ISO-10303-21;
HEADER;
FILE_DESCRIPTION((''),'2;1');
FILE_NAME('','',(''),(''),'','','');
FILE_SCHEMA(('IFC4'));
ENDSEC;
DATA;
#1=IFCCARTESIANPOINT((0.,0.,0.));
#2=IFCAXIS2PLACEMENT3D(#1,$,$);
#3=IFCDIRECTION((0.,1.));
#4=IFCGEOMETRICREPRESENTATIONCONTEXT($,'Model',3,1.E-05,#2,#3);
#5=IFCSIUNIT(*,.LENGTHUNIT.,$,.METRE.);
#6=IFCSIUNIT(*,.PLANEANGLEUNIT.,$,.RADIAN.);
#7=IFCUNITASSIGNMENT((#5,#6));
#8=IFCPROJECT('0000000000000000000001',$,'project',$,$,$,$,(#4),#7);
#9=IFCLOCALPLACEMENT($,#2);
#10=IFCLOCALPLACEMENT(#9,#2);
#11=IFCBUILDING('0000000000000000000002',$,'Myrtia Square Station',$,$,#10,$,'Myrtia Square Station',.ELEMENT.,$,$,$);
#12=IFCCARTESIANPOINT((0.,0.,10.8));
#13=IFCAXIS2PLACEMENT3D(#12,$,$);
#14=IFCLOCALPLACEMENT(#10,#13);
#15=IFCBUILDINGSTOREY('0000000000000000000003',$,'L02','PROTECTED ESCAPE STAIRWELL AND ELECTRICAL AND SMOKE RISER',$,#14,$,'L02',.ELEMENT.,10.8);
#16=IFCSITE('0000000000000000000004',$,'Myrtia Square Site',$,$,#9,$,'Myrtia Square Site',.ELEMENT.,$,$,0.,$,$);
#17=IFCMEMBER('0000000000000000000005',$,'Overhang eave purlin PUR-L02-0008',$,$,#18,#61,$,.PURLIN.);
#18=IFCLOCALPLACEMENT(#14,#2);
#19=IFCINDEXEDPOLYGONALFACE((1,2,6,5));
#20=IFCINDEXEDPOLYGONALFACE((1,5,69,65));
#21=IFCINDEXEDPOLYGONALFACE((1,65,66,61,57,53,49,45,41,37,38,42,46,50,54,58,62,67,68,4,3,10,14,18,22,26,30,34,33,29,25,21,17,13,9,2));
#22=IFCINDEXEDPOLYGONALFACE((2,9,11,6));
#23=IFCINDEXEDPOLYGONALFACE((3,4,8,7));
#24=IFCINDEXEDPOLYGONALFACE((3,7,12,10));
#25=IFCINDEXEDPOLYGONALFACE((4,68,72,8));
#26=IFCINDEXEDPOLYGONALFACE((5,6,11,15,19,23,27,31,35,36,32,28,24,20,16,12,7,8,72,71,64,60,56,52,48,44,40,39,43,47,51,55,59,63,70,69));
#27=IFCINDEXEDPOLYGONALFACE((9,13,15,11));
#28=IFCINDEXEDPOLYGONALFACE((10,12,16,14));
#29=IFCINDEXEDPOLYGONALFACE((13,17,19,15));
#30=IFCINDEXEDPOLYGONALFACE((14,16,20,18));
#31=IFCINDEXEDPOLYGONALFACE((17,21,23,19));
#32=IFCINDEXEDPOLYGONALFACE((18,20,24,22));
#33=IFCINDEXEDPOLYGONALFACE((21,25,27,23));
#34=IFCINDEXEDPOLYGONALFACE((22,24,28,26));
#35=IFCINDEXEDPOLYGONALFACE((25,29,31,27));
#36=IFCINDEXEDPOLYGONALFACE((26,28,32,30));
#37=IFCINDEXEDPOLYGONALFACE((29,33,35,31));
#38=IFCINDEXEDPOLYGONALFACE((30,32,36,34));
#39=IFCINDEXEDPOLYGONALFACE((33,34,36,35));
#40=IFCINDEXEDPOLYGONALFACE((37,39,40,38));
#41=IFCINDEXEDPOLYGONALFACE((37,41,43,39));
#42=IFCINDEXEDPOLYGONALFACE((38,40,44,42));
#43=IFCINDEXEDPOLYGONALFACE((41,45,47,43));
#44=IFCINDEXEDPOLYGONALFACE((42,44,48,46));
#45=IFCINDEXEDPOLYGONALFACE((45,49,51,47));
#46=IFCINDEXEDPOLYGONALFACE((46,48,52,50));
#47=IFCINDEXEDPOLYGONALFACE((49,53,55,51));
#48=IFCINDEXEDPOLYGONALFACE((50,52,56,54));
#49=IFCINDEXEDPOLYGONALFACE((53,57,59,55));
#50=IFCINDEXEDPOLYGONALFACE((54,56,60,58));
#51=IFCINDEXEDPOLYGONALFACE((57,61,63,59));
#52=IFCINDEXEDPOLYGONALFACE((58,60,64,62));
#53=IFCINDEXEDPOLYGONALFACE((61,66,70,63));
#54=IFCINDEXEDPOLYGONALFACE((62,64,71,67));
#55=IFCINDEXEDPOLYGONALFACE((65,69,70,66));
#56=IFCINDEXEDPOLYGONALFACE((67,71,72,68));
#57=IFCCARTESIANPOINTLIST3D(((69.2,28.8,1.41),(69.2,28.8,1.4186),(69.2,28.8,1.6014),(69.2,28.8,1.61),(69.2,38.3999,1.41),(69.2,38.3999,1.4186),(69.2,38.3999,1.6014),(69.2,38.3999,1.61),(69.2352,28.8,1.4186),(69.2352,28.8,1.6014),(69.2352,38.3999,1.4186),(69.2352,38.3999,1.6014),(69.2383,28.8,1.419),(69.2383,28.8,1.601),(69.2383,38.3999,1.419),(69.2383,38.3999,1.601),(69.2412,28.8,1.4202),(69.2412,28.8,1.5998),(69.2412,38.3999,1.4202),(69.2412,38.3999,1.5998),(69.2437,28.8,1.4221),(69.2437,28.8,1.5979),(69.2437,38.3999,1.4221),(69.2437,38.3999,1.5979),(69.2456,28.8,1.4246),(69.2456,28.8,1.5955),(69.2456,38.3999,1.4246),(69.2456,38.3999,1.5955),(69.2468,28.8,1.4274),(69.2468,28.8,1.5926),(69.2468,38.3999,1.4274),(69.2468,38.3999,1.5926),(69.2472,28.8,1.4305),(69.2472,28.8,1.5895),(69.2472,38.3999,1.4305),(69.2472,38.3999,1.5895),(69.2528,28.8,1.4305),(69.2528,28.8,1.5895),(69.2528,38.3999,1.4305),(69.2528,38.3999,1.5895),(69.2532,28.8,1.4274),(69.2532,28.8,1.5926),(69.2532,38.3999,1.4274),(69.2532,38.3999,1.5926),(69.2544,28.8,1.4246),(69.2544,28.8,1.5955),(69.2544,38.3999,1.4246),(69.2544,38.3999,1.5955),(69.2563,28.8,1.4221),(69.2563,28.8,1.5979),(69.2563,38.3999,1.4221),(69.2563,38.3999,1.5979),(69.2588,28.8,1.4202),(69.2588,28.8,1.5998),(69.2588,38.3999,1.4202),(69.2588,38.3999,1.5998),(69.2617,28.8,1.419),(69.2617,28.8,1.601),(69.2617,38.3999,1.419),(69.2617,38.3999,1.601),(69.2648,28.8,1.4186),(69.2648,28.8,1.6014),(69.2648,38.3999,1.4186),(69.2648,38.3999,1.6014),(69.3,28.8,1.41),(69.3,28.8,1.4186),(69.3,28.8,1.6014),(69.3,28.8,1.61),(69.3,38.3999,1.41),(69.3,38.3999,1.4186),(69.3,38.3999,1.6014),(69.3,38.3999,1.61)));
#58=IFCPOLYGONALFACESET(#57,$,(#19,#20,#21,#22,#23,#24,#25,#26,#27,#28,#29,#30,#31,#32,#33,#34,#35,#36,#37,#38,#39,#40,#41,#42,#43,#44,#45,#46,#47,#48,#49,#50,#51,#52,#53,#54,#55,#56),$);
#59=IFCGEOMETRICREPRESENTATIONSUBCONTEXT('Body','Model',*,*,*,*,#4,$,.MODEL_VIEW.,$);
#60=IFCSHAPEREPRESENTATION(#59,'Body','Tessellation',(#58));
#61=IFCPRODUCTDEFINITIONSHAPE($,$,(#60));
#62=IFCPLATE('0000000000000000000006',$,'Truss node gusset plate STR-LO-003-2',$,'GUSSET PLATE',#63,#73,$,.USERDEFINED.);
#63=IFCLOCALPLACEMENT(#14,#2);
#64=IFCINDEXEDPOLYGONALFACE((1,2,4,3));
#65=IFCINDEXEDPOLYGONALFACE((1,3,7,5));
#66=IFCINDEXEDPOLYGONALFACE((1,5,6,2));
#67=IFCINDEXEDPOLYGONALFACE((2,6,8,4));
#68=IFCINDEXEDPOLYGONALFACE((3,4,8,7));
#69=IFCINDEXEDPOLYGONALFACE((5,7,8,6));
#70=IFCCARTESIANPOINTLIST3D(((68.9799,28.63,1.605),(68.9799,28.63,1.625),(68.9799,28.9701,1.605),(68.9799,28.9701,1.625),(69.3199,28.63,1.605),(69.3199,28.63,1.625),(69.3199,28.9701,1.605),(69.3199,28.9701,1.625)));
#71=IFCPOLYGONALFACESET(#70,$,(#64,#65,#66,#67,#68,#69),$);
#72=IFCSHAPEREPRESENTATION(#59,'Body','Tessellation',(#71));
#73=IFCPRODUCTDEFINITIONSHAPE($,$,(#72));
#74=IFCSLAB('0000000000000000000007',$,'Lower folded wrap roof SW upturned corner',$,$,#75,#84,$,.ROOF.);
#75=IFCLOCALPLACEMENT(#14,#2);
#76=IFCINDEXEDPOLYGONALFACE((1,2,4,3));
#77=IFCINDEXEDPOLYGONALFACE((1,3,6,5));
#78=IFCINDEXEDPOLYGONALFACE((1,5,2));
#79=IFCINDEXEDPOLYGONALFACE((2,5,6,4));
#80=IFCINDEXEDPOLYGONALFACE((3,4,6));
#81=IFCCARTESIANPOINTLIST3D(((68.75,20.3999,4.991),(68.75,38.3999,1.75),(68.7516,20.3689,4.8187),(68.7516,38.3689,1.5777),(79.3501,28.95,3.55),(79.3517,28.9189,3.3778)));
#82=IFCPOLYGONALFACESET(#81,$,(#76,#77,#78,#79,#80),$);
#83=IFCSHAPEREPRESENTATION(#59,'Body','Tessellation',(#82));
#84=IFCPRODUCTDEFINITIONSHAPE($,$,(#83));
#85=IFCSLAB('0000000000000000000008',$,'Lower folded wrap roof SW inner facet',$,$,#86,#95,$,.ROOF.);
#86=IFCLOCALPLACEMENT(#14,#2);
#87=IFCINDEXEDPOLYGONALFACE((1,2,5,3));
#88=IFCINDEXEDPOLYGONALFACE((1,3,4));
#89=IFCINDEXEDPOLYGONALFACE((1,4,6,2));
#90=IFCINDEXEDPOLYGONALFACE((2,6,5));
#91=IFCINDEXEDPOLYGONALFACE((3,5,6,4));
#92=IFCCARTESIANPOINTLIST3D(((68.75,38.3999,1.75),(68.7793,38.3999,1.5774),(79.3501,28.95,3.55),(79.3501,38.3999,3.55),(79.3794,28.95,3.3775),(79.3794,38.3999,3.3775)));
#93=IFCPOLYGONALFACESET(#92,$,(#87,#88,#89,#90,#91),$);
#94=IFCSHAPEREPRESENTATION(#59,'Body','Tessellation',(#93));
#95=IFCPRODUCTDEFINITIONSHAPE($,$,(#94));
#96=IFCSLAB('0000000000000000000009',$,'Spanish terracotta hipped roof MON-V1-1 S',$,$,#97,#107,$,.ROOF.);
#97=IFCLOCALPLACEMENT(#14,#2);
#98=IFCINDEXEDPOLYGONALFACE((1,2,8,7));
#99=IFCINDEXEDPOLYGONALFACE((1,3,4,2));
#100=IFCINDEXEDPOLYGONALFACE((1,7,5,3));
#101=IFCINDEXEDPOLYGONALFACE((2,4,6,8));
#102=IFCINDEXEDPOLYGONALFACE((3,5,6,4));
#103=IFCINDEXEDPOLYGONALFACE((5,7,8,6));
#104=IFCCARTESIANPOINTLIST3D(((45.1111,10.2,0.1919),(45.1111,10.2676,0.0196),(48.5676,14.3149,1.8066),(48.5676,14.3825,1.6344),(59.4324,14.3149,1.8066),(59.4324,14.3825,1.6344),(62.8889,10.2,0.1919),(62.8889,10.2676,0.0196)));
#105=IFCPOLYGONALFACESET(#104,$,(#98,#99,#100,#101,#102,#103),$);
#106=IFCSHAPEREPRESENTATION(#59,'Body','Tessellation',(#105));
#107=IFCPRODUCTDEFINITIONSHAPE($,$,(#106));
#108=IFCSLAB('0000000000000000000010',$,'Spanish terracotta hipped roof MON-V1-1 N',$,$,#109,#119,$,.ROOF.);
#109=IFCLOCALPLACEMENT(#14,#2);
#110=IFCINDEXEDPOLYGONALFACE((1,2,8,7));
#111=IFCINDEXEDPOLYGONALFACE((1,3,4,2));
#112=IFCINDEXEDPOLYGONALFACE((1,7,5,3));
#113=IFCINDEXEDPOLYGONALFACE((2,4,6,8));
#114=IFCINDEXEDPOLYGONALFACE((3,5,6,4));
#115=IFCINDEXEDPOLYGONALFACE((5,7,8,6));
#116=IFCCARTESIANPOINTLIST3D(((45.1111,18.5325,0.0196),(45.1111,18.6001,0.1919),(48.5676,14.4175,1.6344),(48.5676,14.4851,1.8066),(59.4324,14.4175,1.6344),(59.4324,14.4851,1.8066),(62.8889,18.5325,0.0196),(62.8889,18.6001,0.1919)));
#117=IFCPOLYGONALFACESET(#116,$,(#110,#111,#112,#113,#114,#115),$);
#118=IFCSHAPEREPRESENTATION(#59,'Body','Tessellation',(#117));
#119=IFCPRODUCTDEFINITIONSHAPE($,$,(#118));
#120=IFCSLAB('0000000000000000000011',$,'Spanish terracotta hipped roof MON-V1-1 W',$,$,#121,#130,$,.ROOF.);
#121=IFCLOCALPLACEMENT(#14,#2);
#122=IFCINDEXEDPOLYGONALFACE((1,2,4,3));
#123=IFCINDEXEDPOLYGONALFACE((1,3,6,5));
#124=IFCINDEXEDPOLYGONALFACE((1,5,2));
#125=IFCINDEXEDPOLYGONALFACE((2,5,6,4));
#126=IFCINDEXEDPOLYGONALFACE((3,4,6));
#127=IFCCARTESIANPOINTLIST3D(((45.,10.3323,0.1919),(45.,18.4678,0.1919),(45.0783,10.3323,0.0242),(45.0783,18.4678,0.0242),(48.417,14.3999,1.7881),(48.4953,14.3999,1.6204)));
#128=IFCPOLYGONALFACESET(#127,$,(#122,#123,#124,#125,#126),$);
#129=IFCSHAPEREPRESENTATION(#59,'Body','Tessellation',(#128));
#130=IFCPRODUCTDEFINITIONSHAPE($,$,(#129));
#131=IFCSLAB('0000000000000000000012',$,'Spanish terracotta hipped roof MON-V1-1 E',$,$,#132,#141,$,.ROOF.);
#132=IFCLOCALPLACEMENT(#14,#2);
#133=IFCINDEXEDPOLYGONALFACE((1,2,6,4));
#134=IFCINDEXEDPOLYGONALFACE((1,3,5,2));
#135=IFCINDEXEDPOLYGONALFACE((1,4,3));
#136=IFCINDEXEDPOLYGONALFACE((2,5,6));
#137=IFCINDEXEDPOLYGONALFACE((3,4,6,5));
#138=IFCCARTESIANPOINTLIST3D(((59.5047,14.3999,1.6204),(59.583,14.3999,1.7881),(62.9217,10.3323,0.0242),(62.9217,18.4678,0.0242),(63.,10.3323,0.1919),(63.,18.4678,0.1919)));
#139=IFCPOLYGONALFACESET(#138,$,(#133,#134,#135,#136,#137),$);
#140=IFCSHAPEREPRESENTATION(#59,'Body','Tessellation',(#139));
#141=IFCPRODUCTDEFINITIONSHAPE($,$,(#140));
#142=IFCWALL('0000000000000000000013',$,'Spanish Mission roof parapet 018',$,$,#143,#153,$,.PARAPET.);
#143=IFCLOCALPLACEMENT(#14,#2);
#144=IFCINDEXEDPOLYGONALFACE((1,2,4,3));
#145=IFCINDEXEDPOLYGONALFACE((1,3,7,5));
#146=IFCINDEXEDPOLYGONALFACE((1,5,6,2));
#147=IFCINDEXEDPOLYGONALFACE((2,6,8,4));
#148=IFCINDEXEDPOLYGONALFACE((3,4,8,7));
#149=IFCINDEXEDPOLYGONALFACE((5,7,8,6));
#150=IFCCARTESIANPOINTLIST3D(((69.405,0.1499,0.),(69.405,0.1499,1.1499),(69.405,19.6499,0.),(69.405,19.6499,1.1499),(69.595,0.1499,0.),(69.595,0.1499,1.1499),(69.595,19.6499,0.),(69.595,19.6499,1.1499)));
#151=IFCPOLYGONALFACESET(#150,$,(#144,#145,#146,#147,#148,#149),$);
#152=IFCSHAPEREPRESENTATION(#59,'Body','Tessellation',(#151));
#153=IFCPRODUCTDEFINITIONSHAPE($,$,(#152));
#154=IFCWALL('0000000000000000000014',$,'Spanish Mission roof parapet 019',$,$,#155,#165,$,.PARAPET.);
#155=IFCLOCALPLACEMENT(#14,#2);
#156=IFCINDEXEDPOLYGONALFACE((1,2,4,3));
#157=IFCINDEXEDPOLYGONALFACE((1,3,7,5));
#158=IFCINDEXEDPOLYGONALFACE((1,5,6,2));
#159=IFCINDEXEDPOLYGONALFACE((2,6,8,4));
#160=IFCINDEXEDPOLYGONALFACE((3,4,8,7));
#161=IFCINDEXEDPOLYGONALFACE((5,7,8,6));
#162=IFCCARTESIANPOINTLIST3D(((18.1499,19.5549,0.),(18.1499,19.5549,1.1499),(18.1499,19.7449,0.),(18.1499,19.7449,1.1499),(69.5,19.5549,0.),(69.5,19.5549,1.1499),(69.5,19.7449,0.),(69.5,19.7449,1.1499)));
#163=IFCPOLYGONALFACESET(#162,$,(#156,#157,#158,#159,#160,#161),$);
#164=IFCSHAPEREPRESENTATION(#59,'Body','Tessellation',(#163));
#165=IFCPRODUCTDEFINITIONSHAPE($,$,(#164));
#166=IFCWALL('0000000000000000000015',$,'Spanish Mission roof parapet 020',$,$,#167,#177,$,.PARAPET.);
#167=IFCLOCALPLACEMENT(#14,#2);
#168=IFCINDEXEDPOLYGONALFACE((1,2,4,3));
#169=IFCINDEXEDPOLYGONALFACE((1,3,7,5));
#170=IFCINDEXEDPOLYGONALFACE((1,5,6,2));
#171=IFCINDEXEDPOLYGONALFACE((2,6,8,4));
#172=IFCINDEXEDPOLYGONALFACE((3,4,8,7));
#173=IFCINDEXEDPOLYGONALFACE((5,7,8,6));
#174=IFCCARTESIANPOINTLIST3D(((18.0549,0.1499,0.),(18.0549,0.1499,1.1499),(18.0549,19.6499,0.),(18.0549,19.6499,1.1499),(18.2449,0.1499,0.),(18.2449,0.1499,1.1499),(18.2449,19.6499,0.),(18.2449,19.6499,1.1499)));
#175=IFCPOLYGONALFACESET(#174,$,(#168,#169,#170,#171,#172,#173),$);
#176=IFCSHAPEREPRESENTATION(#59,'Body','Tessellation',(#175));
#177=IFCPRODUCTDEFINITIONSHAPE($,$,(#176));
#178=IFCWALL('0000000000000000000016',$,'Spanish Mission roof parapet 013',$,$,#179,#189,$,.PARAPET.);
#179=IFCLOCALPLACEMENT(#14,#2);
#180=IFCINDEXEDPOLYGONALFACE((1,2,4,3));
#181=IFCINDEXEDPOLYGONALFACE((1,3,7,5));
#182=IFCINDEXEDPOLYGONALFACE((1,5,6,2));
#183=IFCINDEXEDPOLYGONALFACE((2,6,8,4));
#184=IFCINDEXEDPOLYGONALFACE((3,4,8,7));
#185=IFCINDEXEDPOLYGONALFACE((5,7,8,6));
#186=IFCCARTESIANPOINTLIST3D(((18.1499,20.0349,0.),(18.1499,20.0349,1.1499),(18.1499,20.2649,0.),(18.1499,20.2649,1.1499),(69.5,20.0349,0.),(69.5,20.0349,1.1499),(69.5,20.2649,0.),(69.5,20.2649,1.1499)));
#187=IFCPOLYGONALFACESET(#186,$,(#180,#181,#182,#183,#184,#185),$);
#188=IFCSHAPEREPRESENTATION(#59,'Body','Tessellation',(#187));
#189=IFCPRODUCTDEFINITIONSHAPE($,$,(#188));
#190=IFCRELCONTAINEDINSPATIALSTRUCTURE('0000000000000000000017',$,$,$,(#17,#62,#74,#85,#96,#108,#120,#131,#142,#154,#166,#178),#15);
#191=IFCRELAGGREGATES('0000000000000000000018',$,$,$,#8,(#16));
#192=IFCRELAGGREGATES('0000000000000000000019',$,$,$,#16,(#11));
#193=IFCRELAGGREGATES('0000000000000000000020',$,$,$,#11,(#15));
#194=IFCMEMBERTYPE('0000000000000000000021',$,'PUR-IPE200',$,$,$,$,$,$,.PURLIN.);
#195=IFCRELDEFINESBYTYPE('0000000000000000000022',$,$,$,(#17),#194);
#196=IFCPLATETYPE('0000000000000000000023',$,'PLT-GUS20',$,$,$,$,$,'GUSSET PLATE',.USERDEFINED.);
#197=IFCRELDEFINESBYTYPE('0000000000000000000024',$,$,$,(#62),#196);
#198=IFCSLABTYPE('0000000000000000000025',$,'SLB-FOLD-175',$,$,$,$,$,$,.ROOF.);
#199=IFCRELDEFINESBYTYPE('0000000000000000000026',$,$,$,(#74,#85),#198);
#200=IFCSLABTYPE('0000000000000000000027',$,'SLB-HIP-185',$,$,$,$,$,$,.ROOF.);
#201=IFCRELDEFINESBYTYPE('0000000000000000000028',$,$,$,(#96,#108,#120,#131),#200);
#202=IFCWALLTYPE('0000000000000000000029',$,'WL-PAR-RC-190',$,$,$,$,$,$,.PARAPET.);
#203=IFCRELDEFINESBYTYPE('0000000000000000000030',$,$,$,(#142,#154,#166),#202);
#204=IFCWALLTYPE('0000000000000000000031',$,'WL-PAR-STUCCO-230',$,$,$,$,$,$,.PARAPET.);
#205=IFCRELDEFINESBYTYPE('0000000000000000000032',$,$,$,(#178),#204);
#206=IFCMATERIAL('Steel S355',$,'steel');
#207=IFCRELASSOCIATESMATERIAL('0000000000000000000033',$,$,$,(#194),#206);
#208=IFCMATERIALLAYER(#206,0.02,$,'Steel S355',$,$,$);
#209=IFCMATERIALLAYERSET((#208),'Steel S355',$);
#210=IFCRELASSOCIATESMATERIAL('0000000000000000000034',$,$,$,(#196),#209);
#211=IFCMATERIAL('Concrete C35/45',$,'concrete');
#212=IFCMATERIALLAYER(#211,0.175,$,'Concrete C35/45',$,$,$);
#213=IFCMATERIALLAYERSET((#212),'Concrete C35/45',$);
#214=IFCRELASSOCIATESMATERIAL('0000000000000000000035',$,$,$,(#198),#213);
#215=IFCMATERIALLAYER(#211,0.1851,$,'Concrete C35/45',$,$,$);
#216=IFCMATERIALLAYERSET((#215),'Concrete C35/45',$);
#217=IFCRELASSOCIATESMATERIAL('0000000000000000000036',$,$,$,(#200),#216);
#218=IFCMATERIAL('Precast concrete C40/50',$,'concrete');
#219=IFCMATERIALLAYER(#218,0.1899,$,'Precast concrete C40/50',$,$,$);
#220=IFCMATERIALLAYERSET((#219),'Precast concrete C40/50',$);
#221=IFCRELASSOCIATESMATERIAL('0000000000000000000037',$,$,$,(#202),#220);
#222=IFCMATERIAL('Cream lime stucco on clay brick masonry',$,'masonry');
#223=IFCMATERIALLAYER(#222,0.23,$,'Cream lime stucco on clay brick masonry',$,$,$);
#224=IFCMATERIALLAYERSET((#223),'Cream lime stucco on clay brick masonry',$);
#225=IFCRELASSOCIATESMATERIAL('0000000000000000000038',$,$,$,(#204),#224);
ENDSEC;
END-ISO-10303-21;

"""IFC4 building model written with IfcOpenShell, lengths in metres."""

from ifc_helpers import new_model, si_unit, direction, frame, frame_2d, origin, origin_2d, place, context, subcontext, project, spatial, polyline, rectangle, i_section, outline, extrude, material, layer, layer_set, material_profile, profile_set, type_object, element, save


model = new_model("IFC4")

# Units and contexts
model_context = context("Model", 3, precision=1e-05, world=origin(), true_north=direction((0.0, 1.0)))
body_context = subcontext(model_context, "Body", "Model", "MODEL_VIEW")
ifc_project = project(units=[si_unit("LENGTHUNIT", "METRE"), si_unit("PLANEANGLEUNIT", "RADIAN")], contexts=[model_context])

# Site, building, storey
site_placement = place(None, origin())
site = spatial("IfcSite", under=ifc_project, at=site_placement, Name="Myrtia Square Site", LongName="Myrtia Square Site", CompositionType="ELEMENT", RefElevation=0.0)
building_placement = place(site_placement, origin())
building = spatial("IfcBuilding", under=site, at=building_placement, Name="Myrtia Square Station", LongName="Myrtia Square Station", CompositionType="ELEMENT")
storey_placement = place(building_placement, frame((0.0, 0.0, 10.8)))
storey = spatial("IfcBuildingStorey", under=building, at=storey_placement, Name="L02", Description="PROTECTED ESCAPE STAIRWELL AND ELECTRICAL AND SMOKE RISER", LongName="L02", CompositionType="ELEMENT", Elevation=10.8)

# Member
ifc_material_1 = material(Name="Steel S355", Category="steel")
ifc_material_profile = material_profile(ifc_material_1, i_section(OverallWidth=0.1001, OverallDepth=0.2, WebThickness=0.0056, FlangeThickness=0.0085, FilletRadius=0.012, at=origin_2d()), Name="IPE 200")
ifc_profile_set = profile_set([ifc_material_profile], Name="Steel S355")
member_type = type_object("IfcMemberType", Name="PUR-IPE200", PredefinedType="PURLIN", material=ifc_profile_set)
member_placement = place(storey_placement, frame((69.25, 28.8, 1.51), z_axis=(0.0, 1.0, 0.0), x_axis=(-1.0, 0.0, 0.0)))
element("IfcMember", 1, at=member_placement, inside=storey, type_object=member_type, Name="Overhang eave purlin PUR-L02-0008", PredefinedType="PURLIN", context=body_context, shape_type="SweptSolid", body=[
    extrude(i_section(OverallWidth=0.1001, OverallDepth=0.2, WebThickness=0.0056, FlangeThickness=0.0085, FilletRadius=0.012, at=origin_2d()), origin(), (0.0, 0.0, 1.0), 9.5999),
])

# Plate
ifc_layer_1 = layer(ifc_material_1, 0.02, Name="Steel S355")
ifc_layer_set_1 = layer_set([ifc_layer_1], Name="Steel S355")
plate_type = type_object("IfcPlateType", Name="PLT-GUS20", ElementType="GUSSET PLATE", PredefinedType="USERDEFINED", material=ifc_layer_set_1)
plate_placement = place(storey_placement, frame((69.1499, 28.8, 1.605), z_axis=(0.0, 0.0, 1.0), x_axis=(-1.0, 0.0, 0.0)))
element("IfcPlate", 2, at=plate_placement, inside=storey, type_object=plate_type, Name="Truss node gusset plate STR-LO-003-2", ObjectType="GUSSET PLATE", PredefinedType="USERDEFINED", context=body_context, shape_type="SweptSolid", body=[
    extrude(rectangle(XDim=0.3401, YDim=0.3401, at=origin_2d()), origin(), (0.0, 0.0, 1.0), 0.02),
])

# Slabs
ifc_material_2 = material(Name="Concrete C35/45", Category="concrete")
ifc_layer_2 = layer(ifc_material_2, 0.175, Name="Concrete C35/45")
ifc_layer_set_2 = layer_set([ifc_layer_2], Name="Concrete C35/45")
slab_type_1 = type_object("IfcSlabType", Name="SLB-FOLD-175", PredefinedType="ROOF", material=ifc_layer_set_2)
slab_1_placement = place(storey_placement, frame((68.75, 20.3999, 4.991), z_axis=(-0.00915, 0.177197, 0.984133), x_axis=(0.774036, 0.624338, -0.105218)))
element("IfcSlab", 3, at=slab_1_placement, inside=storey, type_object=slab_type_1, Name="Lower folded wrap roof SW upturned corner", PredefinedType="ROOF", context=body_context, shape_type="SweptSolid", body=[
    extrude(outline(polyline([(0.0, 0.0), (13.6946, 0.0), (11.5791, 14.1573), (0.0, 0.0)])), origin(), (0.0, 0.0, -1.0), 0.175),
])
slab_2_placement = place(storey_placement, frame((68.75, 38.3999, 1.75), z_axis=(-0.167418, 0.0, 0.985886), x_axis=(0.740517, -0.660168, 0.12575)))
element("IfcSlab", 4, at=slab_2_placement, inside=storey, type_object=slab_type_1, Name="Lower folded wrap roof SW inner facet", PredefinedType="ROOF", context=body_context, shape_type="SweptSolid", body=[
    extrude(outline(polyline([(0.0, 0.0), (14.3145, 0.0), (8.0759, 7.098), (0.0, 0.0)])), origin(), (0.0, 0.0, -1.0), 0.175),
])
ifc_layer_3 = layer(ifc_material_2, 0.1851, Name="Concrete C35/45")
ifc_layer_set_3 = layer_set([ifc_layer_3], Name="Concrete C35/45")
slab_type_2 = type_object("IfcSlabType", Name="SLB-HIP-185", PredefinedType="ROOF", material=ifc_layer_set_3)
for number, where, z_axis, x_axis, name in (
    (5, (45.1111, 10.2, 0.1919), (0.0, -0.365288, 0.930894), (1.0, 0.0, 0.0), "Spanish terracotta hipped roof MON-V1-1 S"),
    (6, (62.8889, 18.6001, 0.1919), (0.0, 0.365288, 0.930894), (-1.0, 0.0, 0.0), "Spanish terracotta hipped roof MON-V1-1 N"),
):
    element("IfcSlab", number, at=place(storey_placement, frame(where, z_axis=z_axis, x_axis=x_axis)), inside=storey, type_object=slab_type_2, Name=name, PredefinedType="ROOF", context=body_context, shape_type="SweptSolid", body=[
        extrude(outline(polyline([(0.0, 0.0), (17.7778, 0.0), (14.3213, 4.4205), (3.4565, 4.4205), (0.0, 0.0)])), origin(), (0.0, 0.0, -1.0), 0.1851),
    ])
slab_3_placement = place(storey_placement, frame((45.0, 18.4678, 0.1919), z_axis=(-0.423233, 0.0, 0.906021), x_axis=(0.0, -1.0, 0.0)))
element("IfcSlab", 7, at=slab_3_placement, inside=storey, type_object=slab_type_2, Name="Spanish terracotta hipped roof MON-V1-1 W", PredefinedType="ROOF", context=body_context, shape_type="SweptSolid", body=[
    extrude(outline(polyline([(0.0, 0.0), (8.1355, 0.0), (4.0679, 3.7714), (0.0, 0.0)])), origin(), (0.0, 0.0, -1.0), 0.1851),
])
slab_4_placement = place(storey_placement, frame((63.0, 10.3323, 0.1919), z_axis=(0.423233, 0.0, 0.906021), x_axis=(0.0, 1.0, 0.0)))
element("IfcSlab", 8, at=slab_4_placement, inside=storey, type_object=slab_type_2, Name="Spanish terracotta hipped roof MON-V1-1 E", PredefinedType="ROOF", context=body_context, shape_type="SweptSolid", body=[
    extrude(outline(polyline([(0.0, 0.0), (8.1355, 0.0), (4.0676, 3.7714), (0.0, 0.0)])), origin(), (0.0, 0.0, -1.0), 0.1851),
])

# Walls
ifc_material_3 = material(Name="Precast concrete C40/50", Category="concrete")
ifc_layer_4 = layer(ifc_material_3, 0.1899, Name="Precast concrete C40/50")
ifc_layer_set_4 = layer_set([ifc_layer_4], Name="Precast concrete C40/50")
wall_type_1 = type_object("IfcWallType", Name="WL-PAR-RC-190", PredefinedType="PARAPET", material=ifc_layer_set_4)
wall_1_placement = place(storey_placement, frame((69.5, 0.1499, 0.0), z_axis=(0.0, 0.0, 1.0), x_axis=(0.0, 1.0, 0.0)))
element("IfcWall", 9, at=wall_1_placement, inside=storey, type_object=wall_type_1, Name="Spanish Mission roof parapet 018", PredefinedType="PARAPET", context=body_context, shape_type="SweptSolid", body=[
    extrude(rectangle(XDim=19.5, YDim=0.1899, at=frame_2d((9.75, 0.0))), origin(), (0.0, 0.0, 1.0), 1.1499),
])
wall_2_placement = place(storey_placement, frame((69.5, 19.6499, 0.0), z_axis=(0.0, 0.0, 1.0), x_axis=(-1.0, 0.0, 0.0)))
element("IfcWall", 10, at=wall_2_placement, inside=storey, type_object=wall_type_1, Name="Spanish Mission roof parapet 019", PredefinedType="PARAPET", context=body_context, shape_type="SweptSolid", body=[
    extrude(rectangle(XDim=51.3501, YDim=0.1899, at=frame_2d((25.675, 0.0))), origin(), (0.0, 0.0, 1.0), 1.1499),
])
wall_3_placement = place(storey_placement, frame((18.1499, 19.6499, 0.0), z_axis=(0.0, 0.0, 1.0), x_axis=(0.0, -1.0, 0.0)))
element("IfcWall", 11, at=wall_3_placement, inside=storey, type_object=wall_type_1, Name="Spanish Mission roof parapet 020", PredefinedType="PARAPET", context=body_context, shape_type="SweptSolid", body=[
    extrude(rectangle(XDim=19.5, YDim=0.1899, at=frame_2d((9.75, 0.0))), origin(), (0.0, 0.0, 1.0), 1.1499),
])
ifc_material_4 = material(Name="Cream lime stucco on clay brick masonry", Category="masonry")
ifc_layer_5 = layer(ifc_material_4, 0.23, Name="Cream lime stucco on clay brick masonry")
ifc_layer_set_5 = layer_set([ifc_layer_5], Name="Cream lime stucco on clay brick masonry")
wall_type_2 = type_object("IfcWallType", Name="WL-PAR-STUCCO-230", PredefinedType="PARAPET", material=ifc_layer_set_5)
wall_4_placement = place(storey_placement, frame((18.1499, 20.1499, 0.0), z_axis=(0.0, 0.0, 1.0), x_axis=(1.0, 0.0, 0.0)))
element("IfcWall", 12, at=wall_4_placement, inside=storey, type_object=wall_type_2, Name="Spanish Mission roof parapet 013", PredefinedType="PARAPET", context=body_context, shape_type="SweptSolid", body=[
    extrude(rectangle(XDim=51.3501, YDim=0.23, at=frame_2d((25.675, 0.0))), origin(), (0.0, 0.0, 1.0), 1.1499),
])

save(model, "model.ifc")
